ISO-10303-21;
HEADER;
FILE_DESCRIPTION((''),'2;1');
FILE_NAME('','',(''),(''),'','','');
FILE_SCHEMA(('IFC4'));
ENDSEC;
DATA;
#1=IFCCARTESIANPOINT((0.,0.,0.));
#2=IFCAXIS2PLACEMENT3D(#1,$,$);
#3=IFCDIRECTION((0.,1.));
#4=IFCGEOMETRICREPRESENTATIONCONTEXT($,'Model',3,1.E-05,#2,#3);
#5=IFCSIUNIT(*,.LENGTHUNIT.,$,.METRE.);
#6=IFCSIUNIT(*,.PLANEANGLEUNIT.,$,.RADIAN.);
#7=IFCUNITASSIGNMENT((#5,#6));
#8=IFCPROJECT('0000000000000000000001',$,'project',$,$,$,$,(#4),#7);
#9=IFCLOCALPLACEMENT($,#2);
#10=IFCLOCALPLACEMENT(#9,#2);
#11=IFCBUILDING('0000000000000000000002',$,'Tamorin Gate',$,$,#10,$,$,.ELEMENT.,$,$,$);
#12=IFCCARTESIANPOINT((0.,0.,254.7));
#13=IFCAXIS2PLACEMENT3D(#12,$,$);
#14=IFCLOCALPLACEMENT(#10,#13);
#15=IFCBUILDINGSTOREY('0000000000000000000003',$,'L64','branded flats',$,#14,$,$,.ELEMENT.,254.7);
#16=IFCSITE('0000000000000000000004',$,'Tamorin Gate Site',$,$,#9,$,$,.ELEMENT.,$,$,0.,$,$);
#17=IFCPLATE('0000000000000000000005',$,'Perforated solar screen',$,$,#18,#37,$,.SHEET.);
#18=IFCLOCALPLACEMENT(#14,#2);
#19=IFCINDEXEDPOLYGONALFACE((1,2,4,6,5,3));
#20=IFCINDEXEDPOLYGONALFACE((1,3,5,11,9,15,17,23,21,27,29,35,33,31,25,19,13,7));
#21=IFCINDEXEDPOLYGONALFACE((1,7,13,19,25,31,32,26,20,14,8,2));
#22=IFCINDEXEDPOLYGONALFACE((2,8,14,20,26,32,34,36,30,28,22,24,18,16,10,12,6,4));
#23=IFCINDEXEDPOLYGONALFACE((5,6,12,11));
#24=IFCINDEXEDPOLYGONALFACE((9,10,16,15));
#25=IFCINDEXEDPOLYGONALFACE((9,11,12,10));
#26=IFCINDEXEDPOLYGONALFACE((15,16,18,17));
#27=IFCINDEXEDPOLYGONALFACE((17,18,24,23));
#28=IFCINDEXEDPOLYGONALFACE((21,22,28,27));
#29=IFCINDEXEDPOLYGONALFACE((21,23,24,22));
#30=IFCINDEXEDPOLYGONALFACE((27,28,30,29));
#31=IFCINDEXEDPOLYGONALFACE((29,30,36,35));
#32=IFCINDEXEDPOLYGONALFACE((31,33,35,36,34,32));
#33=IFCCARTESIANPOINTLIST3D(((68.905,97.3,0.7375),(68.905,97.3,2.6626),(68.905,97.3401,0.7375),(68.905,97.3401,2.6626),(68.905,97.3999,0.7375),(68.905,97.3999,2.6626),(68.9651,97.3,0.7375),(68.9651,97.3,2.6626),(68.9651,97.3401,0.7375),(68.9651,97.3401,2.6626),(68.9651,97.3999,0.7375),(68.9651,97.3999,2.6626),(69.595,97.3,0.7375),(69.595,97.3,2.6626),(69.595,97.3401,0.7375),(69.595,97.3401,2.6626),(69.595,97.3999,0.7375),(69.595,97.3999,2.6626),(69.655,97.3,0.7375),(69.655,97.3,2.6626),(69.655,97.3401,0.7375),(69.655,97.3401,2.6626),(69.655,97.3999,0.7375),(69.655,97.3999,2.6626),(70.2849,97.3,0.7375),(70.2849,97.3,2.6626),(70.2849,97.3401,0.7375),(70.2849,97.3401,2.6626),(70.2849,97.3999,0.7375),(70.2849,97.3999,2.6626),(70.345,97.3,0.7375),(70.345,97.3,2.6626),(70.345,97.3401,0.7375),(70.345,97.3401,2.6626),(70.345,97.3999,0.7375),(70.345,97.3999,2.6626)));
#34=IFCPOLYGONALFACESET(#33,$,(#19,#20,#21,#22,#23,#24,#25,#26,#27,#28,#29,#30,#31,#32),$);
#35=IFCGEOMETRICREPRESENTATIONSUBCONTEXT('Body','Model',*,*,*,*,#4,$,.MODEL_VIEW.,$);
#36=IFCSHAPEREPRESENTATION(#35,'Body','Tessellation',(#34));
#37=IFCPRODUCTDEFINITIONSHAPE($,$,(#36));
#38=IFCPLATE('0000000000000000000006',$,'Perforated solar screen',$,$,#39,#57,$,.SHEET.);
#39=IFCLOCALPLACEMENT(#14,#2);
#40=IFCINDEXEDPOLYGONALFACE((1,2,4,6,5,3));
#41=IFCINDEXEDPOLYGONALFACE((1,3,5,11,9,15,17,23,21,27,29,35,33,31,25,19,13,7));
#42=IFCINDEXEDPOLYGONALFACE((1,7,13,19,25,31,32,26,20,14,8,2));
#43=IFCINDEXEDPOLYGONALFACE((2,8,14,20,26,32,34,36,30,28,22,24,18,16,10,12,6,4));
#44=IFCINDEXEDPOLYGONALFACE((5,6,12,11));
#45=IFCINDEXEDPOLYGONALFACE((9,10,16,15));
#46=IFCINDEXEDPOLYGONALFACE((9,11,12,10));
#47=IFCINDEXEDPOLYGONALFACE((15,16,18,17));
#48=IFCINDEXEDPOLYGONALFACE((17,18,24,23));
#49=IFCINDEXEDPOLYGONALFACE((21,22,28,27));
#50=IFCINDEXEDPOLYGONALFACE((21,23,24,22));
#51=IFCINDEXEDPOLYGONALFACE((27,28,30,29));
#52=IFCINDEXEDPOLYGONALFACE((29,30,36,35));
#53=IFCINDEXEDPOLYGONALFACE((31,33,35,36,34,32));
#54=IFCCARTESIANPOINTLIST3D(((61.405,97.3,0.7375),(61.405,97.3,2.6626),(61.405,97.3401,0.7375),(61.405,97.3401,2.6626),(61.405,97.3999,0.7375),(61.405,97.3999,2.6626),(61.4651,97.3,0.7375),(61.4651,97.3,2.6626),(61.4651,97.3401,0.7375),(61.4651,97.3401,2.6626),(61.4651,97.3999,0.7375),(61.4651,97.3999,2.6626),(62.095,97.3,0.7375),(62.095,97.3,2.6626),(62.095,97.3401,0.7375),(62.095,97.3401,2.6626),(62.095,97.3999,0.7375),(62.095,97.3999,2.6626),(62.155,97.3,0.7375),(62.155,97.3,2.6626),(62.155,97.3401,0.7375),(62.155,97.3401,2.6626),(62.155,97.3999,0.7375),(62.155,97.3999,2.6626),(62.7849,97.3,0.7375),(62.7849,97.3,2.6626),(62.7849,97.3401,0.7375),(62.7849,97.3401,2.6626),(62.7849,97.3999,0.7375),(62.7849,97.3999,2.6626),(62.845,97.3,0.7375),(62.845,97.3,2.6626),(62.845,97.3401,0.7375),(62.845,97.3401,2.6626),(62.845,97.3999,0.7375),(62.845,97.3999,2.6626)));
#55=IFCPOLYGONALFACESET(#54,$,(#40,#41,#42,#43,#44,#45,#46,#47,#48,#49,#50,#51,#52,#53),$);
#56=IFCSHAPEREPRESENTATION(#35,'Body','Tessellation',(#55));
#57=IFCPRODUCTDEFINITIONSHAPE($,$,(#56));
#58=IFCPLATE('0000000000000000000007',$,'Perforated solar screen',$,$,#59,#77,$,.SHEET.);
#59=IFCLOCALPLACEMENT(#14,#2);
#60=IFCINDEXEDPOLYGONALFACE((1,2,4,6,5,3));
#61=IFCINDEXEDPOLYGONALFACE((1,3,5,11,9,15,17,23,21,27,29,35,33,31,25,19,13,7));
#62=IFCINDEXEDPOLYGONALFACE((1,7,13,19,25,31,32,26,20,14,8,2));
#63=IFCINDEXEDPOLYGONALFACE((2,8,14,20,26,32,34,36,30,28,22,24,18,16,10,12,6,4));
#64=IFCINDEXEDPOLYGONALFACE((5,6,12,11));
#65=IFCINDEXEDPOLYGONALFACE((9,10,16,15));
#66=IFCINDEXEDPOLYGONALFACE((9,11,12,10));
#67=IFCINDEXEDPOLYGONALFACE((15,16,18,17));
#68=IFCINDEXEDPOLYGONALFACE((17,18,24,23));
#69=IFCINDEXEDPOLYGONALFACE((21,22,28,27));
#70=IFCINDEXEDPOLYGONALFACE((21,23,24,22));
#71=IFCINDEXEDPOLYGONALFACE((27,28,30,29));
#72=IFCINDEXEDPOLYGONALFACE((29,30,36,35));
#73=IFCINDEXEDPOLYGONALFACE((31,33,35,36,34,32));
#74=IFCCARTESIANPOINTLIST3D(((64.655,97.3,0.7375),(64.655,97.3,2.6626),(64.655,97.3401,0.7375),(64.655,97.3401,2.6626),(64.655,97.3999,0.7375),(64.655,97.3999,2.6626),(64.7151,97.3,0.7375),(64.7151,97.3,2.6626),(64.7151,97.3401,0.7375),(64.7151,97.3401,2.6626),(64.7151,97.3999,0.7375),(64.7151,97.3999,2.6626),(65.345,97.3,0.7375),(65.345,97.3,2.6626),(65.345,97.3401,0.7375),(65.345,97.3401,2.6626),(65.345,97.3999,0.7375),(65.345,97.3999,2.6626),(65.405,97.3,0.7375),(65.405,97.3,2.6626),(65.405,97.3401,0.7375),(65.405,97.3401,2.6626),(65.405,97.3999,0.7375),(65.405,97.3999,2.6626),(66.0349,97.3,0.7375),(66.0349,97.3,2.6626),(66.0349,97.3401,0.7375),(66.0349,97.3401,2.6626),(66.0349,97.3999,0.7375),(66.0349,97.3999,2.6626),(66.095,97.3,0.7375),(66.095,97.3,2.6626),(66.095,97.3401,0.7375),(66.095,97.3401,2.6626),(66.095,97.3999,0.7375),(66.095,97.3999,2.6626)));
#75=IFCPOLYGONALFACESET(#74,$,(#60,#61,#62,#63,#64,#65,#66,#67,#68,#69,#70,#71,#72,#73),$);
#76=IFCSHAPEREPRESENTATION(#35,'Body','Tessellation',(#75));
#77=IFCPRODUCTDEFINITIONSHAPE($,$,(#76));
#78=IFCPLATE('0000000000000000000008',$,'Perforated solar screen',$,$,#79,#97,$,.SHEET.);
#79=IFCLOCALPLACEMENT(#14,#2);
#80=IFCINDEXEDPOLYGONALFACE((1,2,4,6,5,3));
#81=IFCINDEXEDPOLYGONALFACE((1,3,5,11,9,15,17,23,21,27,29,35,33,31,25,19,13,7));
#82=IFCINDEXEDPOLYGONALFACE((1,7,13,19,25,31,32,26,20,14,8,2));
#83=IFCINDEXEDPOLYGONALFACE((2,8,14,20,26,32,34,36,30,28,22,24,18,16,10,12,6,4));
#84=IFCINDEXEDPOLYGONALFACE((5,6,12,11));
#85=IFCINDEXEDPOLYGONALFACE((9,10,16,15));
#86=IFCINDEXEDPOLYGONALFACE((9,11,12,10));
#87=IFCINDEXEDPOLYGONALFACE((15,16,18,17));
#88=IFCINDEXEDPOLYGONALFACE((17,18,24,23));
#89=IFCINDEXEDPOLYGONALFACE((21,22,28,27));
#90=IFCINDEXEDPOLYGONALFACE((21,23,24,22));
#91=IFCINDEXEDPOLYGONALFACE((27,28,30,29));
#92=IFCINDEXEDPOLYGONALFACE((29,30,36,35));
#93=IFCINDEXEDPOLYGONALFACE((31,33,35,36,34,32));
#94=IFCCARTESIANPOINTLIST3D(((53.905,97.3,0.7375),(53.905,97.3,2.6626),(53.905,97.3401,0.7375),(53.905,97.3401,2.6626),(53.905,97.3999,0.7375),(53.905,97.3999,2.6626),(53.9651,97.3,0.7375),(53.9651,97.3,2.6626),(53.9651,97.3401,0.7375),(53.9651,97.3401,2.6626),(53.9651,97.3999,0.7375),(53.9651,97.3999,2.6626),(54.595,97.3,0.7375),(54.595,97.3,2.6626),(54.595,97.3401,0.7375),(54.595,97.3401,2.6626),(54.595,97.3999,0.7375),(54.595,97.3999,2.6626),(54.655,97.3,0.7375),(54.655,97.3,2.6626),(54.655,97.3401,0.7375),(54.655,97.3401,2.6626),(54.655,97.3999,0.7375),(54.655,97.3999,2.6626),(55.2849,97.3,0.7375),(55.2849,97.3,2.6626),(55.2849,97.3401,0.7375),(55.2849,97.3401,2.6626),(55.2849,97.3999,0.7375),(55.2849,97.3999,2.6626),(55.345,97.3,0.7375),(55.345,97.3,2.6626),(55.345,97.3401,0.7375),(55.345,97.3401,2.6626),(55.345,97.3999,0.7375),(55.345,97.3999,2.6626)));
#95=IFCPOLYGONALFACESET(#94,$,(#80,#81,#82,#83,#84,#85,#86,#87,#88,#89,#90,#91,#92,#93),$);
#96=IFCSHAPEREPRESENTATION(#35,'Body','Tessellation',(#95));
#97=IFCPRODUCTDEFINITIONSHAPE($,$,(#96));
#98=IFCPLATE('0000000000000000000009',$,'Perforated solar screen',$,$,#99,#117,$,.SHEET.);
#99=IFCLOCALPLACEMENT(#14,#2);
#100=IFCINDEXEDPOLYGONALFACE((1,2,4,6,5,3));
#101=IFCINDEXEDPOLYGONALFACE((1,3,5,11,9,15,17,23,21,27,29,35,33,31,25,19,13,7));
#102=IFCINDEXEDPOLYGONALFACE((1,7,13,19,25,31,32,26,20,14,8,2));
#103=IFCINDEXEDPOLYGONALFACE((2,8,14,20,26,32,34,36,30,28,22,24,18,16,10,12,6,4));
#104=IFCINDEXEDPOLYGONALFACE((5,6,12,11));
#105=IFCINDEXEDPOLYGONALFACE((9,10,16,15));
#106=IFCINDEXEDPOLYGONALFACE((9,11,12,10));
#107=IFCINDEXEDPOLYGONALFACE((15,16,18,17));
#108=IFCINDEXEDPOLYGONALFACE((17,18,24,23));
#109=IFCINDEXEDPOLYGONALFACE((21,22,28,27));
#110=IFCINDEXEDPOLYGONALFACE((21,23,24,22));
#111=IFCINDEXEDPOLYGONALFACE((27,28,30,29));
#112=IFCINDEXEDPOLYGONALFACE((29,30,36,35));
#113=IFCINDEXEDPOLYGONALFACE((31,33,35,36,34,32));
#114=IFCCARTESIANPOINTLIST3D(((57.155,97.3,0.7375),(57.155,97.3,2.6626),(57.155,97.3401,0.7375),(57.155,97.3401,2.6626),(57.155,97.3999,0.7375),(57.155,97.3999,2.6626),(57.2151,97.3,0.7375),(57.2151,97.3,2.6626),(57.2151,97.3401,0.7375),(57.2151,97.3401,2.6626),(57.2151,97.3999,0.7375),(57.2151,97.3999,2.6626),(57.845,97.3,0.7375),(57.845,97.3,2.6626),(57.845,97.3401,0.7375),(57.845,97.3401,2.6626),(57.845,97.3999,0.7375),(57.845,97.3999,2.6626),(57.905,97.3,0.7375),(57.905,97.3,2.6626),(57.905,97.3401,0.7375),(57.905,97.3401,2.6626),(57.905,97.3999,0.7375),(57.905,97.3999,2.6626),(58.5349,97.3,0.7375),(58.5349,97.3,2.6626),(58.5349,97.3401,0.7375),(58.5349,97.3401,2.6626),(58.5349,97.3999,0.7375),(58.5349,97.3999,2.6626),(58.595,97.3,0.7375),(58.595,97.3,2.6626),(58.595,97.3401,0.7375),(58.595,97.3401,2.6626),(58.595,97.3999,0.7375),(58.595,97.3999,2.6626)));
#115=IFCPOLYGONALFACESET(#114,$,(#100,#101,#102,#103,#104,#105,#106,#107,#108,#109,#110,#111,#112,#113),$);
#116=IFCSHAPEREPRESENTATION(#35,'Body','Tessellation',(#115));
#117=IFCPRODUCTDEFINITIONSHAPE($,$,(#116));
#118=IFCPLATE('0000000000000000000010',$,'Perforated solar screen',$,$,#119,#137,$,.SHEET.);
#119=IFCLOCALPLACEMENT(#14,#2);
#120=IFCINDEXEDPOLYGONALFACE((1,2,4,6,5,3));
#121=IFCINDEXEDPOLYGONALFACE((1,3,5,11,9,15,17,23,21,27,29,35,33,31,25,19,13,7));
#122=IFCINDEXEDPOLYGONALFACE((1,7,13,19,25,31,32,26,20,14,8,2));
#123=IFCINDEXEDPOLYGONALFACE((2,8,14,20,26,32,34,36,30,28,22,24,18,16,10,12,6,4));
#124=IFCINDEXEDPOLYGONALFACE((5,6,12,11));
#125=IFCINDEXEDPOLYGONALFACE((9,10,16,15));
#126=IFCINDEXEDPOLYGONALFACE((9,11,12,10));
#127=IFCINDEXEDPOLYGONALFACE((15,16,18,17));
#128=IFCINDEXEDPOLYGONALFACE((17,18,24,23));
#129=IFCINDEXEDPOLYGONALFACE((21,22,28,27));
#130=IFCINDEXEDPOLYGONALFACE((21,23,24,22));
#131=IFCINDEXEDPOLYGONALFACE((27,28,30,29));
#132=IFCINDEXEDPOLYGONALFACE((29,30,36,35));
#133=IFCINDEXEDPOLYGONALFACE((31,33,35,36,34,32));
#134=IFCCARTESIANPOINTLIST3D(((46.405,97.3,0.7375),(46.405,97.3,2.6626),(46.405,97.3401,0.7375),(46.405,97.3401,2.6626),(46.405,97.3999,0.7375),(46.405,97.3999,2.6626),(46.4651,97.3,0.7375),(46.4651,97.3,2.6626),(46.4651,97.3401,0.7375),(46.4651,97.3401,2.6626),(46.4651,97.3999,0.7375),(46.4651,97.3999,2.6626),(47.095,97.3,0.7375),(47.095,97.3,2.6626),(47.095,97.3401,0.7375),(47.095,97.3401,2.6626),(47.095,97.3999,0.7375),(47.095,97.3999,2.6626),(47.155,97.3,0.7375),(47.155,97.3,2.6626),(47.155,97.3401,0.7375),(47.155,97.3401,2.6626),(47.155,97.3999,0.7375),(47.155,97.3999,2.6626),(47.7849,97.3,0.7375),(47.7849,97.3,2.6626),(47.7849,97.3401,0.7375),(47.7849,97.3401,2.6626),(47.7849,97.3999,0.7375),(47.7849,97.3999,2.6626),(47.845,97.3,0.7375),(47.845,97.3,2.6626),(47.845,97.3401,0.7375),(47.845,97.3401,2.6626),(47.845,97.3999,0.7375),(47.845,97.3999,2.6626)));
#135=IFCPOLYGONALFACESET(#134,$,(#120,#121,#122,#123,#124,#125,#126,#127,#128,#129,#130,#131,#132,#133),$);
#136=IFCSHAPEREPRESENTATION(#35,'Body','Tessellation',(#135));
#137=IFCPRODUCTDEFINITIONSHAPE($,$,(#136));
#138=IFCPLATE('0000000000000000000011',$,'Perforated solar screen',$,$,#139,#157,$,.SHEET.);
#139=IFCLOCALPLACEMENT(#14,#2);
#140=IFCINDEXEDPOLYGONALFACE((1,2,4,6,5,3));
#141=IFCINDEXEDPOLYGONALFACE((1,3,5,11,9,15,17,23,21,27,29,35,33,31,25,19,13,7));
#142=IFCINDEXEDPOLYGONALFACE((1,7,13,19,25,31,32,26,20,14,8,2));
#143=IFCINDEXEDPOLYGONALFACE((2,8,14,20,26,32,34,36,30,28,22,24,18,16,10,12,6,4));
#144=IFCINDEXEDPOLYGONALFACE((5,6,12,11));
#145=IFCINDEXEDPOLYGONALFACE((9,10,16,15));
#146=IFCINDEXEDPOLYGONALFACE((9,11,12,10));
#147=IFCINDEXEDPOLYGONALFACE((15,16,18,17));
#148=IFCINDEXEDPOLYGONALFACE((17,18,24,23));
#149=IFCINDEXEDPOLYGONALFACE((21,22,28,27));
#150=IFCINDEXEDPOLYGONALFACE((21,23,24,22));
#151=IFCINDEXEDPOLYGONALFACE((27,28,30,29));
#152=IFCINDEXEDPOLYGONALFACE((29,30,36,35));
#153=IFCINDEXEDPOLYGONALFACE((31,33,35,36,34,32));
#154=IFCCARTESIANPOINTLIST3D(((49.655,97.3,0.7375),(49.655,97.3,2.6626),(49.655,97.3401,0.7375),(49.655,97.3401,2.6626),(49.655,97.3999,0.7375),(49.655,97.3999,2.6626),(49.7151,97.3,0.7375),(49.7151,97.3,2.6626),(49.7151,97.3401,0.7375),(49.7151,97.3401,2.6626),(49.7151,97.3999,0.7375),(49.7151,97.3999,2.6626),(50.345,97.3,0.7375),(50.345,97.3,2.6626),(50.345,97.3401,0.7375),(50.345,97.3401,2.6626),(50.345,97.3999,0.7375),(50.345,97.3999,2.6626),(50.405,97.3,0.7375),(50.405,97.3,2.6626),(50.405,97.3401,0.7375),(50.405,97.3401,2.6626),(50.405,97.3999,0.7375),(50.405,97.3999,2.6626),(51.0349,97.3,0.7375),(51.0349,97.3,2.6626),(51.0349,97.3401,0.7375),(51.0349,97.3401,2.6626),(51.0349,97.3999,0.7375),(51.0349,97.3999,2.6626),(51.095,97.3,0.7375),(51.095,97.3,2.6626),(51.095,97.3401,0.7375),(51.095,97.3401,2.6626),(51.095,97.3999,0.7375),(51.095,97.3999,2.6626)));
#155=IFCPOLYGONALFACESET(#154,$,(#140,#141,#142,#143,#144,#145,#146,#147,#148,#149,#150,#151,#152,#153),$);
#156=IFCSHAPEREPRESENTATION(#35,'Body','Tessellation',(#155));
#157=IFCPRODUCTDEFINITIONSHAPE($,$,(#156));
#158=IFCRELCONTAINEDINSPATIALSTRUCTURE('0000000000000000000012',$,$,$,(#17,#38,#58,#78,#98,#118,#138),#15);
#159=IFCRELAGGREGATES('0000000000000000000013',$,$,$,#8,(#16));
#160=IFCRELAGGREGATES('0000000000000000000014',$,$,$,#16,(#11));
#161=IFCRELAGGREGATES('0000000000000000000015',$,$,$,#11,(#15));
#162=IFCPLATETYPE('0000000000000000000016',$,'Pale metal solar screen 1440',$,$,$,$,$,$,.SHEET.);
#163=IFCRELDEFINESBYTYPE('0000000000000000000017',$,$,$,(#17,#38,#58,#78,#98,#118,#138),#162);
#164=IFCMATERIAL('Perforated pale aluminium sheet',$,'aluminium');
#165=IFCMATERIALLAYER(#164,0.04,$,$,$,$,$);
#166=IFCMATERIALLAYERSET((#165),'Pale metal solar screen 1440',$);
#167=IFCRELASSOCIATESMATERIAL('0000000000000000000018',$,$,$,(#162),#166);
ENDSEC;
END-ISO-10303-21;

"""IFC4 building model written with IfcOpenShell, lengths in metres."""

from ifc_helpers import new_model, si_unit, direction, frame, origin, place, context, subcontext, project, spatial, polyline, outline, extrude, material, layer, layer_set, type_object, element, save


model = new_model("IFC4")

# Units and contexts
model_context = context("Model", 3, precision=1e-05, world=origin(), true_north=direction((0.0, 1.0)))
body_context = subcontext(model_context, "Body", "Model", "MODEL_VIEW")
ifc_project = project(units=[si_unit("LENGTHUNIT", "METRE"), si_unit("PLANEANGLEUNIT", "RADIAN")], contexts=[model_context])

# Site, building, storey
site_placement = place(None, origin())
site = spatial("IfcSite", under=ifc_project, at=site_placement, Name="Tamorin Gate Site", CompositionType="ELEMENT", RefElevation=0.0)
building_placement = place(site_placement, origin())
building = spatial("IfcBuilding", under=site, at=building_placement, Name="Tamorin Gate", CompositionType="ELEMENT")
storey_placement = place(building_placement, frame((0.0, 0.0, 254.7)))
storey = spatial("IfcBuildingStorey", under=building, at=storey_placement, Name="L64", Description="branded flats", CompositionType="ELEMENT", Elevation=254.7)

# Plates
ifc_material_1 = material(Name="Perforated pale aluminium sheet", Category="aluminium")
ifc_layer_1 = layer(ifc_material_1, 0.04)
ifc_layer_set_1 = layer_set([ifc_layer_1], Name="Pale metal solar screen 1440")
plate_type = type_object("IfcPlateType", Name="Pale metal solar screen 1440", PredefinedType="SHEET", material=ifc_layer_set_1)
plate_1_placement = place(storey_placement, frame((0.0, 0.0, 0.7375)))
element("IfcPlate", 1, at=plate_1_placement, inside=storey, type_object=plate_type, Name="Perforated solar screen", PredefinedType="SHEET", context=body_context, shape_type="SweptSolid", body=[
    extrude(outline(polyline([(70.345, 97.3401), (70.345, 97.3), (70.2849, 97.3), (69.655, 97.3), (69.595, 97.3), (68.9651, 97.3), (68.905, 97.3), (68.905, 97.3), (68.905, 97.3401), (68.905, 97.3401), (68.905, 97.3999), (68.9651, 97.3999), (68.9651, 97.3401), (69.595, 97.3401), (69.595, 97.3999), (69.655, 97.3999), (69.655, 97.3401), (70.2849, 97.3401), (70.2849, 97.3999), (70.345, 97.3999), (70.345, 97.3401)])), origin(), (0.0, 0.0, 1.0), 1.925),
])
plate_2_placement = place(storey_placement, frame((0.0, 0.0, 0.7375)))
element("IfcPlate", 2, at=plate_2_placement, inside=storey, type_object=plate_type, Name="Perforated solar screen", PredefinedType="SHEET", context=body_context, shape_type="SweptSolid", body=[
    extrude(outline(polyline([(62.845, 97.3401), (62.845, 97.3), (62.7849, 97.3), (62.155, 97.3), (62.095, 97.3), (61.4651, 97.3), (61.405, 97.3), (61.405, 97.3401), (61.405, 97.3999), (61.4651, 97.3999), (61.4651, 97.3401), (62.095, 97.3401), (62.095, 97.3999), (62.155, 97.3999), (62.155, 97.3401), (62.7849, 97.3401), (62.7849, 97.3999), (62.845, 97.3999), (62.845, 97.3401)])), origin(), (0.0, 0.0, 1.0), 1.925),
])
plate_3_placement = place(storey_placement, frame((0.0, 0.0, 0.7375)))
element("IfcPlate", 3, at=plate_3_placement, inside=storey, type_object=plate_type, Name="Perforated solar screen", PredefinedType="SHEET", context=body_context, shape_type="SweptSolid", body=[
    extrude(outline(polyline([(66.095, 97.3401), (66.095, 97.3), (66.0349, 97.3), (65.405, 97.3), (65.345, 97.3), (64.7151, 97.3), (64.655, 97.3), (64.655, 97.3401), (64.655, 97.3999), (64.7151, 97.3999), (64.7151, 97.3401), (65.345, 97.3401), (65.345, 97.3999), (65.405, 97.3999), (65.405, 97.3401), (66.0349, 97.3401), (66.0349, 97.3999), (66.095, 97.3999), (66.095, 97.3401)])), origin(), (0.0, 0.0, 1.0), 1.925),
])
plate_4_placement = place(storey_placement, frame((0.0, 0.0, 0.7375)))
element("IfcPlate", 4, at=plate_4_placement, inside=storey, type_object=plate_type, Name="Perforated solar screen", PredefinedType="SHEET", context=body_context, shape_type="SweptSolid", body=[
    extrude(outline(polyline([(55.345, 97.3401), (55.345, 97.3), (55.2849, 97.3), (54.655, 97.3), (54.595, 97.3), (53.9651, 97.3), (53.905, 97.3), (53.905, 97.3401), (53.905, 97.3999), (53.9651, 97.3999), (53.9651, 97.3401), (54.595, 97.3401), (54.595, 97.3999), (54.655, 97.3999), (54.655, 97.3401), (55.2849, 97.3401), (55.2849, 97.3999), (55.345, 97.3999), (55.345, 97.3401)])), origin(), (0.0, 0.0, 1.0), 1.925),
])
plate_5_placement = place(storey_placement, frame((0.0, 0.0, 0.7375)))
element("IfcPlate", 5, at=plate_5_placement, inside=storey, type_object=plate_type, Name="Perforated solar screen", PredefinedType="SHEET", context=body_context, shape_type="SweptSolid", body=[
    extrude(outline(polyline([(58.595, 97.3401), (58.595, 97.3), (58.5349, 97.3), (57.905, 97.3), (57.845, 97.3), (57.2151, 97.3), (57.155, 97.3), (57.155, 97.3401), (57.155, 97.3999), (57.2151, 97.3999), (57.2151, 97.3401), (57.845, 97.3401), (57.845, 97.3999), (57.905, 97.3999), (57.905, 97.3401), (58.5349, 97.3401), (58.5349, 97.3999), (58.595, 97.3999), (58.595, 97.3401)])), origin(), (0.0, 0.0, 1.0), 1.925),
])
plate_6_placement = place(storey_placement, frame((0.0, 0.0, 0.7375)))
element("IfcPlate", 6, at=plate_6_placement, inside=storey, type_object=plate_type, Name="Perforated solar screen", PredefinedType="SHEET", context=body_context, shape_type="SweptSolid", body=[
    extrude(outline(polyline([(47.845, 97.3401), (47.845, 97.3), (47.7849, 97.3), (47.155, 97.3), (47.095, 97.3), (46.4651, 97.3), (46.405, 97.3), (46.405, 97.3401), (46.405, 97.3999), (46.4651, 97.3999), (46.4651, 97.3401), (47.095, 97.3401), (47.095, 97.3999), (47.155, 97.3999), (47.155, 97.3401), (47.7849, 97.3401), (47.7849, 97.3999), (47.845, 97.3999), (47.845, 97.3401)])), origin(), (0.0, 0.0, 1.0), 1.925),
])
plate_7_placement = place(storey_placement, frame((0.0, 0.0, 0.7375)))
element("IfcPlate", 7, at=plate_7_placement, inside=storey, type_object=plate_type, Name="Perforated solar screen", PredefinedType="SHEET", context=body_context, shape_type="SweptSolid", body=[
    extrude(outline(polyline([(51.095, 97.3401), (51.095, 97.3), (51.0349, 97.3), (50.405, 97.3), (50.345, 97.3), (49.7151, 97.3), (49.655, 97.3), (49.655, 97.3401), (49.655, 97.3999), (49.7151, 97.3999), (49.7151, 97.3401), (50.345, 97.3401), (50.345, 97.3999), (50.405, 97.3999), (50.405, 97.3401), (51.0349, 97.3401), (51.0349, 97.3999), (51.095, 97.3999), (51.095, 97.3401)])), origin(), (0.0, 0.0, 1.0), 1.925),
])

save(model, "model.ifc")
